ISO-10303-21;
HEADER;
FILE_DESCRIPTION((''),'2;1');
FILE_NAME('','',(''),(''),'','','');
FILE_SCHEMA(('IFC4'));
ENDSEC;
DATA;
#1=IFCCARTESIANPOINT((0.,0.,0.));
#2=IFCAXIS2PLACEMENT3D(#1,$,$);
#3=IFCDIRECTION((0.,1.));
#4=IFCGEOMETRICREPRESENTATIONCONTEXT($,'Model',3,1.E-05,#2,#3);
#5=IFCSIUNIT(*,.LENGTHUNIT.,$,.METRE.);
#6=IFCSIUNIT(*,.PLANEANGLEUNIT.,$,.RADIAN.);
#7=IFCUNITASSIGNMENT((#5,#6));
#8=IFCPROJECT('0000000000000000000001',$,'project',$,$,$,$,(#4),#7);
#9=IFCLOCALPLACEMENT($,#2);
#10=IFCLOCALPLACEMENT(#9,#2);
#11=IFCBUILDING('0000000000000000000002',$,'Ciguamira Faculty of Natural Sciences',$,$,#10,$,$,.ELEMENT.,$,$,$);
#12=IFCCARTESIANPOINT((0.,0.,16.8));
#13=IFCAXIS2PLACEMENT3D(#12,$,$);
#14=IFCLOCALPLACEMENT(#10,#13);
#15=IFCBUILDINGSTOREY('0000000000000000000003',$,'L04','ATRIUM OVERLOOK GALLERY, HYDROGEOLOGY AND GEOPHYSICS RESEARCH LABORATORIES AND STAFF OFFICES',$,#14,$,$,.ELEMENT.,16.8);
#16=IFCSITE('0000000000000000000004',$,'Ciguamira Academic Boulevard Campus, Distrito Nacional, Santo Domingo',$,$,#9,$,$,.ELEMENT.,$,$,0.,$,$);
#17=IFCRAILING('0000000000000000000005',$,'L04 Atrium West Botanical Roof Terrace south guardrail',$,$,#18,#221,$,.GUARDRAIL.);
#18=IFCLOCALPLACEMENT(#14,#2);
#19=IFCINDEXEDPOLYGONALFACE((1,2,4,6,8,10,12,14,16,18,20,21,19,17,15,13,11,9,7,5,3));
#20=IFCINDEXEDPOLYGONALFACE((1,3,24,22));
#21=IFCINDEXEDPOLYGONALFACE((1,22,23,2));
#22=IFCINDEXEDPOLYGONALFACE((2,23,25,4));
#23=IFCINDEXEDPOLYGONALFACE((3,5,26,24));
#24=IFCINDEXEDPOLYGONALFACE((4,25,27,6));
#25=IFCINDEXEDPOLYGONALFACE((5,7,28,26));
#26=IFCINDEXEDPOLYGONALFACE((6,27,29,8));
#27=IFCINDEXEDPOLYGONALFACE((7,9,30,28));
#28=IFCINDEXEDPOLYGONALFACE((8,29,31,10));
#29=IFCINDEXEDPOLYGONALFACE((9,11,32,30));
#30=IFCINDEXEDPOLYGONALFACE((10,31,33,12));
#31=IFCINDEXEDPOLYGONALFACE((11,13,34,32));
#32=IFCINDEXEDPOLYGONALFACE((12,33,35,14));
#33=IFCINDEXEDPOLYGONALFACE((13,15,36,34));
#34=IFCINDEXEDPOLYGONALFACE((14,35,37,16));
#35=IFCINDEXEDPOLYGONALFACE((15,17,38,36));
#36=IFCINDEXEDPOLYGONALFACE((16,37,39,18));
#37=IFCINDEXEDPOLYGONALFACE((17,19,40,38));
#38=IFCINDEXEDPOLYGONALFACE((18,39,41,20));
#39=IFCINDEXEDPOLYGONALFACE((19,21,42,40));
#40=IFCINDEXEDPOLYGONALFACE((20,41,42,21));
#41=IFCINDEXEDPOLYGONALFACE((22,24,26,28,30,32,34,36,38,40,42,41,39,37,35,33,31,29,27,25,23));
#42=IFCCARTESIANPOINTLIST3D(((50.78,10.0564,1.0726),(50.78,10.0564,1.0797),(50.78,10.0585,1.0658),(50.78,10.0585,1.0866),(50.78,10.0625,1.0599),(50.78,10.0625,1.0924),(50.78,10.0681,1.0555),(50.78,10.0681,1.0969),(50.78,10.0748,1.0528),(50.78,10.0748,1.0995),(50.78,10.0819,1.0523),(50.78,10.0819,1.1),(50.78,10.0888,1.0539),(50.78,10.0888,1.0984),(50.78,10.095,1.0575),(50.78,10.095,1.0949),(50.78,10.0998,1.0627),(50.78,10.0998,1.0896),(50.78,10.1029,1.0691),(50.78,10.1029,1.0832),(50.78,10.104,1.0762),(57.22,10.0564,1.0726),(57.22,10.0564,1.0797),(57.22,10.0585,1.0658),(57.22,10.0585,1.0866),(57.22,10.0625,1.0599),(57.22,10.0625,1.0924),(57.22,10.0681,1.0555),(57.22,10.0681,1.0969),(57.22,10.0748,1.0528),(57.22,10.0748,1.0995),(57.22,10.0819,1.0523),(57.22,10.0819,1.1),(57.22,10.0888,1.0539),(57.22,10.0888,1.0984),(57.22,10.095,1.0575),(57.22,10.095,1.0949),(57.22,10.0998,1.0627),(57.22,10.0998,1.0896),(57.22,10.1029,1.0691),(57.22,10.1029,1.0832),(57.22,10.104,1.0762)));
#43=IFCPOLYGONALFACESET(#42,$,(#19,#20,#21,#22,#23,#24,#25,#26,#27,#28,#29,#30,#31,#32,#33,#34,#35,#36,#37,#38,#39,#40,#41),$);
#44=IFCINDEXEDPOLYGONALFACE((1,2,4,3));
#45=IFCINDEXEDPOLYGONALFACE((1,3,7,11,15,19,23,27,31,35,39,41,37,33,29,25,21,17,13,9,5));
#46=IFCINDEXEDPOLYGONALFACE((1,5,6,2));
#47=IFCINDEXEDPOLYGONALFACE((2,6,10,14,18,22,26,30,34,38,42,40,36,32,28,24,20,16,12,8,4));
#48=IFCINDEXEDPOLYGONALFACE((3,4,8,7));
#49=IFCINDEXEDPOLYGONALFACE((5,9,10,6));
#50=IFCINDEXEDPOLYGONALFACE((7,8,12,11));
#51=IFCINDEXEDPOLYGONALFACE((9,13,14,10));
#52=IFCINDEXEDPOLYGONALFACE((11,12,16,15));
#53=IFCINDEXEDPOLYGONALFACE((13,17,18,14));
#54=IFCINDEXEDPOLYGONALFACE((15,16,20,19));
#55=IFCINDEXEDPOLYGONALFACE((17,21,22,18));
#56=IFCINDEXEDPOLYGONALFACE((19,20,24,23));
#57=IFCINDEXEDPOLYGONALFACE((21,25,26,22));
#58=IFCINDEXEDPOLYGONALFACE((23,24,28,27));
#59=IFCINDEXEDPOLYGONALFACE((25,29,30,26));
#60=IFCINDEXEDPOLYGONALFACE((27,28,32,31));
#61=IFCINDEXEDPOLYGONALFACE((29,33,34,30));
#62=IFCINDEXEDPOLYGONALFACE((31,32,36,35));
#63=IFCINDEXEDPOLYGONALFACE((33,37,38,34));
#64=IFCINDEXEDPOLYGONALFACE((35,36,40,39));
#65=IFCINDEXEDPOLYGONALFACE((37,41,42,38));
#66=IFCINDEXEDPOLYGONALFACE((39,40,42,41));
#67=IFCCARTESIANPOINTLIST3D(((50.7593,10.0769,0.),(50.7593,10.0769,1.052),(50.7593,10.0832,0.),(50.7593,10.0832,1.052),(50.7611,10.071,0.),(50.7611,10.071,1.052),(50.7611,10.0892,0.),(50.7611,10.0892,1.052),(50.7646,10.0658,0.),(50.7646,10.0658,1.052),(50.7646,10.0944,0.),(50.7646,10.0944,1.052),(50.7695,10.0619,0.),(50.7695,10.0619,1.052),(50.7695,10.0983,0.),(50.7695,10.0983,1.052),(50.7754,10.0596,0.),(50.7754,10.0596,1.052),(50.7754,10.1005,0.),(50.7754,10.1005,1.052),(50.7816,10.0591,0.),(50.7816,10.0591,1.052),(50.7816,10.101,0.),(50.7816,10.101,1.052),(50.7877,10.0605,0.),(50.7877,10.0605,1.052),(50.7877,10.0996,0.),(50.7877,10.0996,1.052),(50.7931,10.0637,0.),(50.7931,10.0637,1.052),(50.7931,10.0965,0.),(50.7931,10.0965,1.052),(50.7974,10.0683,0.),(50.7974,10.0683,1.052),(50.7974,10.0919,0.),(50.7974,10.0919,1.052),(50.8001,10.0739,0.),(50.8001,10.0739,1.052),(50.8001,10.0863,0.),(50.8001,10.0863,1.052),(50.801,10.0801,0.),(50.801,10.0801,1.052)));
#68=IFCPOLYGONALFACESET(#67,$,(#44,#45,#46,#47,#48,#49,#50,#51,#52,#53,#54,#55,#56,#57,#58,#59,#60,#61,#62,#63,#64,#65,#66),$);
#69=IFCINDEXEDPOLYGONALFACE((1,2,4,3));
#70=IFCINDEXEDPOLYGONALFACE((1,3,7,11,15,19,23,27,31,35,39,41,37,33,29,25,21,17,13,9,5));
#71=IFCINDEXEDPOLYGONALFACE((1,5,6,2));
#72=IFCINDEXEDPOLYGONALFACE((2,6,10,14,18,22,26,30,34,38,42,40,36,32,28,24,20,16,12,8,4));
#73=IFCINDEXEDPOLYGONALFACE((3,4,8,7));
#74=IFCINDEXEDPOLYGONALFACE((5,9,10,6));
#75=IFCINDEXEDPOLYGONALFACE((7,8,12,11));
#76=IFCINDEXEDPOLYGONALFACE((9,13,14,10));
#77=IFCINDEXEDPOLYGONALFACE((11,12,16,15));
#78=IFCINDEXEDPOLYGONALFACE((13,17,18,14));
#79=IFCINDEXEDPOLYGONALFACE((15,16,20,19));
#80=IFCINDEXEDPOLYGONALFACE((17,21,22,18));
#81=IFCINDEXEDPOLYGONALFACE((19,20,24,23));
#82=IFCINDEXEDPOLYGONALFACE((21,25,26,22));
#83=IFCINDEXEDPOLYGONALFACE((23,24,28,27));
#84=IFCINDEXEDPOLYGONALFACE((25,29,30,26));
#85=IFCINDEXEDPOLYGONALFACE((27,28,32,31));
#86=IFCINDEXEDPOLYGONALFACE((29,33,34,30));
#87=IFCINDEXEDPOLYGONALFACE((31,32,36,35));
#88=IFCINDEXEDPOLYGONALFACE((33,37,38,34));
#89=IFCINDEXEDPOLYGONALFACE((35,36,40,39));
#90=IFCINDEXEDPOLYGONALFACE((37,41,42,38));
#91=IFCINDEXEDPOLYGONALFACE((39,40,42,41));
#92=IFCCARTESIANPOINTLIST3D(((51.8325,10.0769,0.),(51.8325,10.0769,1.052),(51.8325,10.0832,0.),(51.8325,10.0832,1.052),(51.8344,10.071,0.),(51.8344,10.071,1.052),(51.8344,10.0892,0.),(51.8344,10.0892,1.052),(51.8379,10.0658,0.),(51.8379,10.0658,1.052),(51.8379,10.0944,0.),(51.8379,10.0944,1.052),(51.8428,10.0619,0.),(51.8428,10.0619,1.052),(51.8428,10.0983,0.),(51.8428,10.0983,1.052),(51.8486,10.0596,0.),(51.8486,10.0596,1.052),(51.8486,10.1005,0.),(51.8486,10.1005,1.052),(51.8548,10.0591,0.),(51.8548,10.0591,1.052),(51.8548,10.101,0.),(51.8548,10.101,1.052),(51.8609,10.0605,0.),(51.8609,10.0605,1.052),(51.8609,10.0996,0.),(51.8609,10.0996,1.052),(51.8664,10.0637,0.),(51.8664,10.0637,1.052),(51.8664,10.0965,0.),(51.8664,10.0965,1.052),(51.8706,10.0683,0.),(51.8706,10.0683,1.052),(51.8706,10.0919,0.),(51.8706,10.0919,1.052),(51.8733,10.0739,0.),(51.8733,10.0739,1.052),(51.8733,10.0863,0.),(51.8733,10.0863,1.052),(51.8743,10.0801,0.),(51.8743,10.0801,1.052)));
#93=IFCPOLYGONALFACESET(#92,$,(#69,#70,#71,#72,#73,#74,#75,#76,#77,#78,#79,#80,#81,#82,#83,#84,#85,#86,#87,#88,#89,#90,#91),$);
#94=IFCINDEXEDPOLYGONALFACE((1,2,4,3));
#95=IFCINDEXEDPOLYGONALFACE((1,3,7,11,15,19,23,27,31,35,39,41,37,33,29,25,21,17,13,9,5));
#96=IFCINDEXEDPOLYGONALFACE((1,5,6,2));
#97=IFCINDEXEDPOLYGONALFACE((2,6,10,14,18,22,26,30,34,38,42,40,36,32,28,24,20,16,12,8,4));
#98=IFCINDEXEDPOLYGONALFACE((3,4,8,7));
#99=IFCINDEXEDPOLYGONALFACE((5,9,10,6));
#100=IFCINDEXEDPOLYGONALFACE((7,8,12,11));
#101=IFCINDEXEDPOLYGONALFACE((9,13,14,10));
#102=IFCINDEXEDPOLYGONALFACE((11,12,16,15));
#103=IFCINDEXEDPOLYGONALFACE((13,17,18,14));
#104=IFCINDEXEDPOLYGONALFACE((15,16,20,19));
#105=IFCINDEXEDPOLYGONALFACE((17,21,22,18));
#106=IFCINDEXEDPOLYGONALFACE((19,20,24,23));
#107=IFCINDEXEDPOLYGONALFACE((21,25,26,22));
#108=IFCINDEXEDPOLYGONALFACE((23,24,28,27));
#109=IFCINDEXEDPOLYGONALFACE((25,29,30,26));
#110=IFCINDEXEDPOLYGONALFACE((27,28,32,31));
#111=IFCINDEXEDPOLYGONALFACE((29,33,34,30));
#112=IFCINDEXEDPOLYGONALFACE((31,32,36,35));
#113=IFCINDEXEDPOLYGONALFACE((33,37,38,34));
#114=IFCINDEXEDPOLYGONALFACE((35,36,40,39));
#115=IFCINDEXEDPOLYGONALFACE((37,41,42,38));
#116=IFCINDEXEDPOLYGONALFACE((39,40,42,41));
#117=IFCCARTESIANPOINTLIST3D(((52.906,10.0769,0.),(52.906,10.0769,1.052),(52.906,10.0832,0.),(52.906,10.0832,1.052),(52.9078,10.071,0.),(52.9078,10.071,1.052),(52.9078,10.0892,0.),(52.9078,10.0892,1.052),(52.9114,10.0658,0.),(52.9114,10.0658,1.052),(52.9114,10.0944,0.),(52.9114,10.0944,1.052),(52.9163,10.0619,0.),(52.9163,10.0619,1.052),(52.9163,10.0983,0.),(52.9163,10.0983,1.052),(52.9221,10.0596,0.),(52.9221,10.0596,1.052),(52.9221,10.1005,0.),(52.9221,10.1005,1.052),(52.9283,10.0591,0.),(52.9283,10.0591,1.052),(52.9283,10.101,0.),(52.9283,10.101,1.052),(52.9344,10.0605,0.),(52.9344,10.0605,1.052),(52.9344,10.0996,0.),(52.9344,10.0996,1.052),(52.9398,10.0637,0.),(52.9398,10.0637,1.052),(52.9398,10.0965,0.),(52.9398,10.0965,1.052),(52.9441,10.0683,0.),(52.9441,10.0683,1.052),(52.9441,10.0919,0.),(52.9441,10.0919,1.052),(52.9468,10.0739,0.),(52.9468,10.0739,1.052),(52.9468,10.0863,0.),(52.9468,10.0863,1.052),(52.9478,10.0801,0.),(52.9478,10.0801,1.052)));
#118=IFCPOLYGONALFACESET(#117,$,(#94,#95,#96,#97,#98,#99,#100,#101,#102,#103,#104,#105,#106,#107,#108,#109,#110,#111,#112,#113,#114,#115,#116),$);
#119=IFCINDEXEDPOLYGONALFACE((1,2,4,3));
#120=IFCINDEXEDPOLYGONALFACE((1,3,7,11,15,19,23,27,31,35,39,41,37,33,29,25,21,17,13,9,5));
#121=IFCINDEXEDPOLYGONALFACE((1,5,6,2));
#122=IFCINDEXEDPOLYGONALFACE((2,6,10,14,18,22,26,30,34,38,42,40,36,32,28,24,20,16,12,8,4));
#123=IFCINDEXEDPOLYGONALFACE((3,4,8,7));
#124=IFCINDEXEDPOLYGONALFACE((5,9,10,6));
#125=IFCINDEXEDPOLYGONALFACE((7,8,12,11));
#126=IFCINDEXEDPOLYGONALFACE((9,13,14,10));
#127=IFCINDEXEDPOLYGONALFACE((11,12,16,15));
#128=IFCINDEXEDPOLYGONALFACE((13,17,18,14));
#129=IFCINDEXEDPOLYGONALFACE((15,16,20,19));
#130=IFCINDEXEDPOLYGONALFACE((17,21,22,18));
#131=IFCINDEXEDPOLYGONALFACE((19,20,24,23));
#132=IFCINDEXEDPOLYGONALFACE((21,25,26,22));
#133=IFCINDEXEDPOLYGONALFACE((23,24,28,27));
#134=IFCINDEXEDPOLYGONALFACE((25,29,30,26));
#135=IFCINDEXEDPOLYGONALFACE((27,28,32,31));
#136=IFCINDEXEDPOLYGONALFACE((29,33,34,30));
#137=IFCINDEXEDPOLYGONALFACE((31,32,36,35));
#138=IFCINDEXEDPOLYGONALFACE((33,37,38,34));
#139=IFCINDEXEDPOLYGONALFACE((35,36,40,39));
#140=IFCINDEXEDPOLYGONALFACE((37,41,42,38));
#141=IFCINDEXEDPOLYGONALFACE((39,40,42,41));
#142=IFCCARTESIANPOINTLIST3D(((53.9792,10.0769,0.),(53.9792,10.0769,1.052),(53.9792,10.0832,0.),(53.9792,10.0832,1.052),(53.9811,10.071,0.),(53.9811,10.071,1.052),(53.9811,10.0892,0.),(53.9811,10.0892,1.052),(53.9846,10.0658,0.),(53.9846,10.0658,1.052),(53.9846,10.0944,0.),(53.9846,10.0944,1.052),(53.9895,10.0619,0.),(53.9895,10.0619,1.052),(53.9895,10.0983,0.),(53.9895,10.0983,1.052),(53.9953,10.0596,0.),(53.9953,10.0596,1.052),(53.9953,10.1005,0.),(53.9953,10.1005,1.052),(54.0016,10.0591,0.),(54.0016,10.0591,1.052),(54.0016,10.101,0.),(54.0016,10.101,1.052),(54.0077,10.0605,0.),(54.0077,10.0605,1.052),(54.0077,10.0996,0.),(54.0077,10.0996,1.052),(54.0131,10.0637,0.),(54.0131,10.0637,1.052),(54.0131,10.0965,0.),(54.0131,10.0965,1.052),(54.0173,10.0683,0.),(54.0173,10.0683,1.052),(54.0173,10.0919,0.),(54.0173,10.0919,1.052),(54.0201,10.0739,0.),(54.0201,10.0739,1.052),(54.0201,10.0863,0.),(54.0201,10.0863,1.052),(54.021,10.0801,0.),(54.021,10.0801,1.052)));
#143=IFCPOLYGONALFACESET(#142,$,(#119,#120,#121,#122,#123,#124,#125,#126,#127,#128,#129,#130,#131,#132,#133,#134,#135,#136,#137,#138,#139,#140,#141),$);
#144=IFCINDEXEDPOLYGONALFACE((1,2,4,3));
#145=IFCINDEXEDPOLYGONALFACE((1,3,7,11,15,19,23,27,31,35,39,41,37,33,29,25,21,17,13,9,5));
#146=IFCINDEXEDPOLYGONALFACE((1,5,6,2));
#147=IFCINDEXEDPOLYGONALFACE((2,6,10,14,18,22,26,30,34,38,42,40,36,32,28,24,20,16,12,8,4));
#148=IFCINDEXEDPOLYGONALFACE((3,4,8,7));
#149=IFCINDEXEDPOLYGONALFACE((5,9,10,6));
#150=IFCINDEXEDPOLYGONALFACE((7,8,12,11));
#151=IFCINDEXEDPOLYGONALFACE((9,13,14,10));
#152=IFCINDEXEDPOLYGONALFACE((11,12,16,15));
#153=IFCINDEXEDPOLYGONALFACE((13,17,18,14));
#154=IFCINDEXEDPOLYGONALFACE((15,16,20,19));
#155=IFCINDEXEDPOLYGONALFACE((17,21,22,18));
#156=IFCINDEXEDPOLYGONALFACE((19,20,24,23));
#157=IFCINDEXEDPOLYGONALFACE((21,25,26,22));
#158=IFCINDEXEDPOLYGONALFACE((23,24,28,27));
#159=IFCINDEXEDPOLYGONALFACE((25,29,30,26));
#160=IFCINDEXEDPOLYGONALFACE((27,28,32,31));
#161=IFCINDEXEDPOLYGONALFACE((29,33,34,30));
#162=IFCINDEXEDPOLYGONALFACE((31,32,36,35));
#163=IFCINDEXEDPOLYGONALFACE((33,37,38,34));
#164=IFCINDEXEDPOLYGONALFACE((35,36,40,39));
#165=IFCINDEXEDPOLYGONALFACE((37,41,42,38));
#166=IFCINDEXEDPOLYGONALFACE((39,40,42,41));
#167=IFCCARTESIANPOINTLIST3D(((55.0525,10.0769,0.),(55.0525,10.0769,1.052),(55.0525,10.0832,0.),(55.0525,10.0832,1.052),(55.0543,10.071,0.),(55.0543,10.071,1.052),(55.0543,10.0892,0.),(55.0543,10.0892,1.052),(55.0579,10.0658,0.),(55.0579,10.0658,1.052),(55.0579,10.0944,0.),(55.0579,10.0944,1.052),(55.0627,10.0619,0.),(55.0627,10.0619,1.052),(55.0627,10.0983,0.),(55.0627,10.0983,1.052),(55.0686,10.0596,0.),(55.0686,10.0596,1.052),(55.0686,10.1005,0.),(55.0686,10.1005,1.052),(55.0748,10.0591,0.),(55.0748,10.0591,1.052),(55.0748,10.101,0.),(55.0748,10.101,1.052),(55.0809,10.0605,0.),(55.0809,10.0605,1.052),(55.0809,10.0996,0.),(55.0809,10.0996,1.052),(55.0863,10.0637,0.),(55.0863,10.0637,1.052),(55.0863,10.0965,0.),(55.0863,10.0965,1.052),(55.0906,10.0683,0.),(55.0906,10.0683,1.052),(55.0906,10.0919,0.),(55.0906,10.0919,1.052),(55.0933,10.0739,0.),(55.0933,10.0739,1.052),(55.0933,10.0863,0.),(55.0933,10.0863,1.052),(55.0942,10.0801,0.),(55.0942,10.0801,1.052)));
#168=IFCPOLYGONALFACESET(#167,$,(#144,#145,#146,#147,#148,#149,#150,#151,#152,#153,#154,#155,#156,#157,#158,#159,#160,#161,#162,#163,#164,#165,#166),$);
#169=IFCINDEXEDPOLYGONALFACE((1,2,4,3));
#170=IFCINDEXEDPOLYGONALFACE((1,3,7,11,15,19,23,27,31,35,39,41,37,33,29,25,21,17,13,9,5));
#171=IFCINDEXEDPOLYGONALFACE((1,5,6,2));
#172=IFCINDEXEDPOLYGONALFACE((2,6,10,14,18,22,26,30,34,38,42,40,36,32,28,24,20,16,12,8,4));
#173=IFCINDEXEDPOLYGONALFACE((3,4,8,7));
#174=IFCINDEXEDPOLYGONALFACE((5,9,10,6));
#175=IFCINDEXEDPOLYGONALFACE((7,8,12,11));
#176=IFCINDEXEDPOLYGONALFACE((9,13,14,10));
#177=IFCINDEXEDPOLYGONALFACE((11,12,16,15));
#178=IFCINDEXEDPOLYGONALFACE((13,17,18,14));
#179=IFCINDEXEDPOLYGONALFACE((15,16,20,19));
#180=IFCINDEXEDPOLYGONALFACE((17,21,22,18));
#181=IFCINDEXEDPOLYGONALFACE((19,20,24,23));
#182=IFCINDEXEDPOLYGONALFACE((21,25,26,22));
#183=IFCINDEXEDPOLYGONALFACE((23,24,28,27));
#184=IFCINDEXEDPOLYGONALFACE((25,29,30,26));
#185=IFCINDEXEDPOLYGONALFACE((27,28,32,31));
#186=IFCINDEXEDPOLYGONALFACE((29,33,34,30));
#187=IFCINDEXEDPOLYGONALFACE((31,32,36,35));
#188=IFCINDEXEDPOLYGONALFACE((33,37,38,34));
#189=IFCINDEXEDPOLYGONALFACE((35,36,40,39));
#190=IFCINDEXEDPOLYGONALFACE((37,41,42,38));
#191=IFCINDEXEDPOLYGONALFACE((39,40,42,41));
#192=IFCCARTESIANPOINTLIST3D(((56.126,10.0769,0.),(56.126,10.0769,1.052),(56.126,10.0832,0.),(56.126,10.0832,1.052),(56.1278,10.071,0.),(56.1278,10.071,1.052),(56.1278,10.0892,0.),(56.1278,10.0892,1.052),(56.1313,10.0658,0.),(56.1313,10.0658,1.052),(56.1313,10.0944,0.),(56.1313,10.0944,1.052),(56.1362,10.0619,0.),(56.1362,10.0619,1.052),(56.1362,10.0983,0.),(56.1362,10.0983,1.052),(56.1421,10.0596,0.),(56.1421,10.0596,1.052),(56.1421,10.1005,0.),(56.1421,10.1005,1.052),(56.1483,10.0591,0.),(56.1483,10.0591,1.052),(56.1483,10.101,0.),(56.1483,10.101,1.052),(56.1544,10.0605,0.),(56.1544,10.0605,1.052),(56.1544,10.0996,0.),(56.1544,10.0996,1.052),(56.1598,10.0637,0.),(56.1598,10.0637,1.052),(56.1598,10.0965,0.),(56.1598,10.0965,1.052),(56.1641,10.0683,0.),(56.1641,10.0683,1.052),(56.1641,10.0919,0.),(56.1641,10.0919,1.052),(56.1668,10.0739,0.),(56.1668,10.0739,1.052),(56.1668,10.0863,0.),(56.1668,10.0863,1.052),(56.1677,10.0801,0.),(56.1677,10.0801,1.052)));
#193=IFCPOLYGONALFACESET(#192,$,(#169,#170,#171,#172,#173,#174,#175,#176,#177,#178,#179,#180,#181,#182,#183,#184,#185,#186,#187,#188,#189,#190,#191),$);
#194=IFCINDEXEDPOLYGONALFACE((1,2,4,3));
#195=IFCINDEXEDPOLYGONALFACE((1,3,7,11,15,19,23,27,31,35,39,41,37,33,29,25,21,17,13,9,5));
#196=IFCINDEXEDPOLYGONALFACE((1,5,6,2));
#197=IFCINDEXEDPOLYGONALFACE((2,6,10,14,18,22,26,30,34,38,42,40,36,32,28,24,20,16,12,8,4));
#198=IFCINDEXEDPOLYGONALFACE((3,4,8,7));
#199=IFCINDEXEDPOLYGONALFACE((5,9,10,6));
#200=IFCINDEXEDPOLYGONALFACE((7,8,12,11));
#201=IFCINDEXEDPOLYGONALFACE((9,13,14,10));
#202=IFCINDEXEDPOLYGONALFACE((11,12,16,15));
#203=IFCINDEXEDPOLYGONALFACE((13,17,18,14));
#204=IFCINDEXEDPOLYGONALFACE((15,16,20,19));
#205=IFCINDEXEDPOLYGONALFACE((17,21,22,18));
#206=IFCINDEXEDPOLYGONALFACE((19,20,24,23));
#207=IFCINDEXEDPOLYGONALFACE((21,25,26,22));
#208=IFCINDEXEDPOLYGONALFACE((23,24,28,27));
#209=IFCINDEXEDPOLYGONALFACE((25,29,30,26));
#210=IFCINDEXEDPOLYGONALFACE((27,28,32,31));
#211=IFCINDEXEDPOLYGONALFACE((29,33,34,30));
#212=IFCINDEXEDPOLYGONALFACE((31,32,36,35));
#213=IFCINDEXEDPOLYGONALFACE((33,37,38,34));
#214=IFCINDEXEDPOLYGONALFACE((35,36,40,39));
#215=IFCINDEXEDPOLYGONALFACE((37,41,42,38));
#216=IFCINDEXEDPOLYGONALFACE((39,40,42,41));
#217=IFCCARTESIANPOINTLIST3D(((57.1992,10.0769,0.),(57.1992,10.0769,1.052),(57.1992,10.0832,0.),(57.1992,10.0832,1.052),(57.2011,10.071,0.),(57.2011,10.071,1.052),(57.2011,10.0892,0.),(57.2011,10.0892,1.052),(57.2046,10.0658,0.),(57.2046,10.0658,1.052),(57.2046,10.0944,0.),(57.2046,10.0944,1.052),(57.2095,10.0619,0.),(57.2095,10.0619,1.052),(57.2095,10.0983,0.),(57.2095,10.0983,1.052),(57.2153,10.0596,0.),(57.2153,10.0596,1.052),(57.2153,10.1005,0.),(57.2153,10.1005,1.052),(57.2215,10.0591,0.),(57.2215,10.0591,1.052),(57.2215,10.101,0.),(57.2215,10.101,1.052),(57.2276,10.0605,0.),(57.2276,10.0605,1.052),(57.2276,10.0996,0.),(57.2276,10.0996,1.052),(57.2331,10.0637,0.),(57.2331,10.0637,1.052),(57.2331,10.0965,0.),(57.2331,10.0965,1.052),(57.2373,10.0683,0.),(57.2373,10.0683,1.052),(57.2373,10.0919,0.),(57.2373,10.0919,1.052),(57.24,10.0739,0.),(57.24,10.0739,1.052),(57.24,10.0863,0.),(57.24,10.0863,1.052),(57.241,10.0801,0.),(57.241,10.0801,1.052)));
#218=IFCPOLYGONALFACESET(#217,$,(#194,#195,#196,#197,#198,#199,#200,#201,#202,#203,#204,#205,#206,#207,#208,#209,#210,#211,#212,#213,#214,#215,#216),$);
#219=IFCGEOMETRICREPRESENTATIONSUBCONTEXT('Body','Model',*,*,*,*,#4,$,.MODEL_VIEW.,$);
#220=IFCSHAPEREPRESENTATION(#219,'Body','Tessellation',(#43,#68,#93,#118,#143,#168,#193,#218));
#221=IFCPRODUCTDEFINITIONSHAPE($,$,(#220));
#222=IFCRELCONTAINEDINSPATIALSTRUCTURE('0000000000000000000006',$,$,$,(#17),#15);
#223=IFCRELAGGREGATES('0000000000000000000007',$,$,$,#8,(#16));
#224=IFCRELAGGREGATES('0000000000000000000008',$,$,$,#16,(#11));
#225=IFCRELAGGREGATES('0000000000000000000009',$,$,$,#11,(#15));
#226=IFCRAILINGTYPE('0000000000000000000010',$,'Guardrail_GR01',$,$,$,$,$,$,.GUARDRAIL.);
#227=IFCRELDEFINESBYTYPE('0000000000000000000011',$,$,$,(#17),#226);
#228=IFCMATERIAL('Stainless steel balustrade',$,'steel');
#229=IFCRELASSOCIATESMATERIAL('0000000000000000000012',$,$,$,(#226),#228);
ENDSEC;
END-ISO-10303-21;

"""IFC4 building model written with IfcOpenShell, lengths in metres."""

from ifc_helpers import new_model, si_unit, direction, frame, origin, origin_2d, place, context, subcontext, project, spatial, circle, extrude, material, type_object, element, save


model = new_model("IFC4")

# Units and contexts
model_context = context("Model", 3, precision=1e-05, world=origin(), true_north=direction((0.0, 1.0)))
body_context = subcontext(model_context, "Body", "Model", "MODEL_VIEW")
ifc_project = project(units=[si_unit("LENGTHUNIT", "METRE"), si_unit("PLANEANGLEUNIT", "RADIAN")], contexts=[model_context])

# Site, building, storey
site_placement = place(None, origin())
site = spatial("IfcSite", under=ifc_project, at=site_placement, Name="Ciguamira Academic Boulevard Campus, Distrito Nacional, Santo Domingo", CompositionType="ELEMENT", RefElevation=0.0)
building_placement = place(site_placement, origin())
building = spatial("IfcBuilding", under=site, at=building_placement, Name="Ciguamira Faculty of Natural Sciences", CompositionType="ELEMENT")
storey_placement = place(building_placement, frame((0.0, 0.0, 16.8)))
storey = spatial("IfcBuildingStorey", under=building, at=storey_placement, Name="L04", Description="ATRIUM OVERLOOK GALLERY, HYDROGEOLOGY AND GEOPHYSICS RESEARCH LABORATORIES AND STAFF OFFICES", CompositionType="ELEMENT", Elevation=16.8)

# Railing
ifc_material_1 = material(Name="Stainless steel balustrade", Category="steel")
railing_type = type_object("IfcRailingType", Name="Guardrail_GR01", PredefinedType="GUARDRAIL", material=ifc_material_1)
railing_1_placement = place(storey_placement, frame((50.78, 10.0801, 0.0)))
element("IfcRailing", 1, at=railing_1_placement, inside=storey, type_object=railing_type, Name="L04 Atrium West Botanical Roof Terrace south guardrail", PredefinedType="GUARDRAIL", context=body_context, shape_type="SweptSolid", body=[
    extrude(circle(Radius=0.0239, at=origin_2d()), frame((0.0, 0.0, 1.0762), z_axis=(1.0, 0.0, 0.0), x_axis=(0.0, 1.0, 0.0)), (0.0, 0.0, 1.0), 6.4399),
    extrude(circle(Radius=0.021, at=origin_2d()), origin(), (0.0, 0.0, 1.0), 1.052),
    extrude(circle(Radius=0.021, at=origin_2d()), frame((1.0732, 0.0, 0.0)), (0.0, 0.0, 1.0), 1.052),
    extrude(circle(Radius=0.021, at=origin_2d()), frame((2.1467, 0.0, 0.0)), (0.0, 0.0, 1.0), 1.052),
    extrude(circle(Radius=0.021, at=origin_2d()), frame((3.22, 0.0, 0.0)), (0.0, 0.0, 1.0), 1.052),
    extrude(circle(Radius=0.021, at=origin_2d()), frame((4.2932, 0.0, 0.0)), (0.0, 0.0, 1.0), 1.052),
    extrude(circle(Radius=0.021, at=origin_2d()), frame((5.3667, 0.0, 0.0)), (0.0, 0.0, 1.0), 1.052),
    extrude(circle(Radius=0.021, at=origin_2d()), frame((6.4399, 0.0, 0.0)), (0.0, 0.0, 1.0), 1.052),
])

save(model, "model.ifc")
